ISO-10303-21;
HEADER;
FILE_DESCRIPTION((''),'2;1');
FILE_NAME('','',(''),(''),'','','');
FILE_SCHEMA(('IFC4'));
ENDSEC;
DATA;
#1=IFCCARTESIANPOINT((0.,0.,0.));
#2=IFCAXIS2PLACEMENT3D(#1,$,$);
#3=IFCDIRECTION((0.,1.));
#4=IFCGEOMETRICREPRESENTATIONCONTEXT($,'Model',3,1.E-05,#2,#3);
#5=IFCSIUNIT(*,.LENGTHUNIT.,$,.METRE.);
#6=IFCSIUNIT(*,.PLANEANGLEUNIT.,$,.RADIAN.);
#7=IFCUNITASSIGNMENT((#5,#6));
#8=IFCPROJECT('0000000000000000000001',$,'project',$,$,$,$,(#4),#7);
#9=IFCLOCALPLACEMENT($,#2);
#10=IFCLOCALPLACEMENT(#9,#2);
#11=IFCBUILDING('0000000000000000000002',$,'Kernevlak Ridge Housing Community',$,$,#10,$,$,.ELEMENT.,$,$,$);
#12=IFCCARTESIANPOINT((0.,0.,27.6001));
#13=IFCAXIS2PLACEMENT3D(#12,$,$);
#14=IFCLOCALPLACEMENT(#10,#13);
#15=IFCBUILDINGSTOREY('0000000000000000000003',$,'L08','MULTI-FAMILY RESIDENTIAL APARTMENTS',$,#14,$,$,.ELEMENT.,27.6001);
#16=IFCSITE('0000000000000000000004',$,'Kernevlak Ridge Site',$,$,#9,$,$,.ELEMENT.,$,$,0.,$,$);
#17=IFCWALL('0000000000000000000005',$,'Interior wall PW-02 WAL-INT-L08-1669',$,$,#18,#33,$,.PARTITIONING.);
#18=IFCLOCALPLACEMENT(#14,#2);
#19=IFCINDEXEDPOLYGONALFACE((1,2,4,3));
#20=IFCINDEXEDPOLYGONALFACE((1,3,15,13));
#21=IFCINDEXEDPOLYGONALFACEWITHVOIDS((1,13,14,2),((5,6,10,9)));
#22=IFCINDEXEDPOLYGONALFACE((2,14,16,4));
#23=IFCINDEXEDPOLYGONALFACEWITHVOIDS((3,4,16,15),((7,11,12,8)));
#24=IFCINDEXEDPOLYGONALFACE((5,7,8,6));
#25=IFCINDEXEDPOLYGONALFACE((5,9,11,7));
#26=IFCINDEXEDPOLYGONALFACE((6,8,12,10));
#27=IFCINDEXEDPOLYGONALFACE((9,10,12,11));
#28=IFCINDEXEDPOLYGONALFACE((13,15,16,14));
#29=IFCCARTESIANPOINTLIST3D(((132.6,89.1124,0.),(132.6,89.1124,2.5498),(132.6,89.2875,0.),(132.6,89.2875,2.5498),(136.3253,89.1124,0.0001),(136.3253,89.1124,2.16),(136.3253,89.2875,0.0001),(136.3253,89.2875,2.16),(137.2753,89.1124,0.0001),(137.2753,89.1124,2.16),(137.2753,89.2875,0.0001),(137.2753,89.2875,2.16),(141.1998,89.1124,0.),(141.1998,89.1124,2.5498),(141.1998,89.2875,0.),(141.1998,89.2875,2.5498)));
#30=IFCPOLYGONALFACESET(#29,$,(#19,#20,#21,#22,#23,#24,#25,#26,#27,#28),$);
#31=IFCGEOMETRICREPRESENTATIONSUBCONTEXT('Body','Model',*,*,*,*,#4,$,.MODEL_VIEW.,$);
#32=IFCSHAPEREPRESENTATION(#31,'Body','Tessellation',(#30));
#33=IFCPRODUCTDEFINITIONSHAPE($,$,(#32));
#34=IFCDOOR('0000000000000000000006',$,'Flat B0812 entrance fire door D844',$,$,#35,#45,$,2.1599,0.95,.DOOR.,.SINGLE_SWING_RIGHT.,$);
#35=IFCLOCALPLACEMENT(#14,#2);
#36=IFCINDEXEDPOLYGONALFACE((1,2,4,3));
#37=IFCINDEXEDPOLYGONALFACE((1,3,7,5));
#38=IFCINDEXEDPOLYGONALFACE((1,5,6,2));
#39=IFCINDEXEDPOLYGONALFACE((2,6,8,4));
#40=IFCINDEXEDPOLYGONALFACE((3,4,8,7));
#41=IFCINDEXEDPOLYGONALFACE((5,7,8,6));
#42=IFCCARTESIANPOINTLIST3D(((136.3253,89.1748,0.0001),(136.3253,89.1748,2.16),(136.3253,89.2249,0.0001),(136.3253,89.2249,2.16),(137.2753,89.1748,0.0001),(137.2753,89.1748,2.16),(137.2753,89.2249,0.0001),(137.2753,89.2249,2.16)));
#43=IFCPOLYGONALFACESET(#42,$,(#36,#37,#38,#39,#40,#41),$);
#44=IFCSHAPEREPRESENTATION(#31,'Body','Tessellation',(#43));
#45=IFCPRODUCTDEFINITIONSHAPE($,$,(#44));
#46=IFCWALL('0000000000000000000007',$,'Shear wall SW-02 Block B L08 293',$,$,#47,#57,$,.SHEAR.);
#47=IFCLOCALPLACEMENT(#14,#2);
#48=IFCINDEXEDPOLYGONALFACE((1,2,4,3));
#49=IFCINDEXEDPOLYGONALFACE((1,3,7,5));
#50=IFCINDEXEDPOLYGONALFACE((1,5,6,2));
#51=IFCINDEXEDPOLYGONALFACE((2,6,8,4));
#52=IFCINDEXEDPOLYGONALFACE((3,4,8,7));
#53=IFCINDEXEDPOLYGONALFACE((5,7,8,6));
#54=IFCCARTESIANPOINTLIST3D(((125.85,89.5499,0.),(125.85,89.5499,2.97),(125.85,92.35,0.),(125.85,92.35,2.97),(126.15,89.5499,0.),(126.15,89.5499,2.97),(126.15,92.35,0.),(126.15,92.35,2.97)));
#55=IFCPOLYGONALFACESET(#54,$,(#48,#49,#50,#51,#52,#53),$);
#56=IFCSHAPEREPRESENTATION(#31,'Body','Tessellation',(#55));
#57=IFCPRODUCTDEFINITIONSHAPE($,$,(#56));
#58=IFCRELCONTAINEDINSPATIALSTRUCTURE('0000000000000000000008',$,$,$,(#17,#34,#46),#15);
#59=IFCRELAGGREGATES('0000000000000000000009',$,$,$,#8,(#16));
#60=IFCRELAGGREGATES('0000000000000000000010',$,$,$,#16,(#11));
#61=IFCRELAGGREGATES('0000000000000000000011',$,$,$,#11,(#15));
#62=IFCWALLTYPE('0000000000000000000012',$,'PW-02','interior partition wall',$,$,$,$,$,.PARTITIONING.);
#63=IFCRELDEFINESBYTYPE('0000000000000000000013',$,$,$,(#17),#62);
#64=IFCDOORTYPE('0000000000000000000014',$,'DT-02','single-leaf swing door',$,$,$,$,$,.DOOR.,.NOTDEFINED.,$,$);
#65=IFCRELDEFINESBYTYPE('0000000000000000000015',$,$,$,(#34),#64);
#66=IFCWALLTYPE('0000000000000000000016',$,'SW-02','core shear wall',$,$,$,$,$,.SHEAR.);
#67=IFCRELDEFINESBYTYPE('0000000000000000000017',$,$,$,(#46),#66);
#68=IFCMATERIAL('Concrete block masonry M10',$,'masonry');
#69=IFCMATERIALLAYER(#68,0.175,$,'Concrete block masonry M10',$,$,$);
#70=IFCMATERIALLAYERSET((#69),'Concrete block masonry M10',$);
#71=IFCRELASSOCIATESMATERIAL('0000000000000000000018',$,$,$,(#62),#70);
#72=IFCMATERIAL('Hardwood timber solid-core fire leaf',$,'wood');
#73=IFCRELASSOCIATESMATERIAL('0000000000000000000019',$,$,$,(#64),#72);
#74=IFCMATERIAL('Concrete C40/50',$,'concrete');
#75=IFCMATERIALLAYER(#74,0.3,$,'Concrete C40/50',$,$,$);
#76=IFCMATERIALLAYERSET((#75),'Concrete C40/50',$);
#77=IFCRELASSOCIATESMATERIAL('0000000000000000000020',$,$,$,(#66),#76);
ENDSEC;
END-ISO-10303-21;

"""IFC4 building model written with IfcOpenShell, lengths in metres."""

from ifc_helpers import new_model, si_unit, direction, frame, frame_2d, origin, place, context, subcontext, project, spatial, rectangle, extrude, material, layer, layer_set, type_object, element, fill, save


model = new_model("IFC4")

# Units and contexts
model_context = context("Model", 3, precision=1e-05, world=origin(), true_north=direction((0.0, 1.0)))
body_context = subcontext(model_context, "Body", "Model", "MODEL_VIEW")
ifc_project = project(units=[si_unit("LENGTHUNIT", "METRE"), si_unit("PLANEANGLEUNIT", "RADIAN")], contexts=[model_context])

# Site, building, storey
site_placement = place(None, origin())
site = spatial("IfcSite", under=ifc_project, at=site_placement, Name="Kernevlak Ridge Site", CompositionType="ELEMENT", RefElevation=0.0)
building_placement = place(site_placement, origin())
building = spatial("IfcBuilding", under=site, at=building_placement, Name="Kernevlak Ridge Housing Community", CompositionType="ELEMENT")
storey_placement = place(building_placement, frame((0.0, 0.0, 27.6001)))
storey = spatial("IfcBuildingStorey", under=building, at=storey_placement, Name="L08", Description="MULTI-FAMILY RESIDENTIAL APARTMENTS", CompositionType="ELEMENT", Elevation=27.6001)

# Shared definitions
ifc_material_1 = material(Name="Concrete C40/50", Category="concrete")

# Shared definitions
ifc_material_2 = material(Name="Concrete block masonry M10", Category="masonry")
ifc_layer_1 = layer(ifc_material_2, 0.175, Name="Concrete block masonry M10")
ifc_layer_set_1 = layer_set([ifc_layer_1], Name="Concrete block masonry M10")
wall_type_1 = type_object("IfcWallType", Name="PW-02", Description="interior partition wall", PredefinedType="PARTITIONING", material=ifc_layer_set_1)

# Wall, opening, door
wall_1_placement = place(storey_placement, frame((132.6001, 89.2, 0.0), z_axis=(0.0, 0.0, 1.0), x_axis=(1.0, 0.0, 0.0)))
wall_1 = element("IfcWall", 1, at=wall_1_placement, inside=storey, type_object=wall_type_1, Name="Interior wall PW-02 WAL-INT-L08-1669", PredefinedType="PARTITIONING", context=body_context, shape_type="SweptSolid", body=[
    extrude(rectangle(XDim=8.5999, YDim=0.175, at=frame_2d((4.2998, 0.0))), origin(), (0.0, 0.0, 1.0), 2.5498),
])
opening_1_placement = place(wall_1_placement, frame((3.7251, 0.0, 0.0)))
opening_1 = element("IfcOpeningElement", 2, at=opening_1_placement, cuts=wall_1, PredefinedType="OPENING", context=body_context, shape_type="SweptSolid", body=[
    extrude(rectangle(XDim=0.95, YDim=2.1599, at=frame_2d((0.4751, 1.0801))), frame((0.0, 0.0974, 0.0), z_axis=(0.0, -1.0, 0.0), x_axis=(1.0, 0.0, 0.0)), (0.0, 0.0, 1.0), 0.1951),
])
ifc_material_3 = material(Name="Hardwood timber solid-core fire leaf", Category="wood")
door_type_1 = type_object("IfcDoorType", Name="DT-02", Description="single-leaf swing door", OperationType="NOTDEFINED", PredefinedType="DOOR", material=ifc_material_3)
door_1_placement = place(opening_1_placement, origin())
door_1 = element("IfcDoor", 3, at=door_1_placement, inside=storey, type_object=door_type_1, Name="Flat B0812 entrance fire door D844", OperationType="SINGLE_SWING_RIGHT", OverallHeight=2.1599, OverallWidth=0.95, PredefinedType="DOOR", context=body_context, shape_type="SweptSolid", body=[
    extrude(rectangle(XDim=0.95, YDim=2.1599, at=frame_2d((0.4751, 1.0801))), frame((0.0, 0.0249, 0.0), z_axis=(0.0, -1.0, 0.0), x_axis=(1.0, 0.0, 0.0)), (0.0, 0.0, 1.0), 0.05),
])
fill(opening_1, door_1)

# Wall
ifc_layer_2 = layer(ifc_material_1, 0.3, Name="Concrete C40/50")
ifc_layer_set_2 = layer_set([ifc_layer_2], Name="Concrete C40/50")
wall_type_2 = type_object("IfcWallType", Name="SW-02", Description="core shear wall", PredefinedType="SHEAR", material=ifc_layer_set_2)
wall_2_placement = place(storey_placement, frame((126.0, 89.55, 0.0), z_axis=(0.0, 0.0, 1.0), x_axis=(0.0, 1.0, 0.0)))
element("IfcWall", 4, at=wall_2_placement, inside=storey, type_object=wall_type_2, Name="Shear wall SW-02 Block B L08 293", PredefinedType="SHEAR", context=body_context, shape_type="SweptSolid", body=[
    extrude(rectangle(XDim=2.8, YDim=0.3, at=frame_2d((1.3999, 0.0))), origin(), (0.0, 0.0, 1.0), 2.97),
])

save(model, "model.ifc")
